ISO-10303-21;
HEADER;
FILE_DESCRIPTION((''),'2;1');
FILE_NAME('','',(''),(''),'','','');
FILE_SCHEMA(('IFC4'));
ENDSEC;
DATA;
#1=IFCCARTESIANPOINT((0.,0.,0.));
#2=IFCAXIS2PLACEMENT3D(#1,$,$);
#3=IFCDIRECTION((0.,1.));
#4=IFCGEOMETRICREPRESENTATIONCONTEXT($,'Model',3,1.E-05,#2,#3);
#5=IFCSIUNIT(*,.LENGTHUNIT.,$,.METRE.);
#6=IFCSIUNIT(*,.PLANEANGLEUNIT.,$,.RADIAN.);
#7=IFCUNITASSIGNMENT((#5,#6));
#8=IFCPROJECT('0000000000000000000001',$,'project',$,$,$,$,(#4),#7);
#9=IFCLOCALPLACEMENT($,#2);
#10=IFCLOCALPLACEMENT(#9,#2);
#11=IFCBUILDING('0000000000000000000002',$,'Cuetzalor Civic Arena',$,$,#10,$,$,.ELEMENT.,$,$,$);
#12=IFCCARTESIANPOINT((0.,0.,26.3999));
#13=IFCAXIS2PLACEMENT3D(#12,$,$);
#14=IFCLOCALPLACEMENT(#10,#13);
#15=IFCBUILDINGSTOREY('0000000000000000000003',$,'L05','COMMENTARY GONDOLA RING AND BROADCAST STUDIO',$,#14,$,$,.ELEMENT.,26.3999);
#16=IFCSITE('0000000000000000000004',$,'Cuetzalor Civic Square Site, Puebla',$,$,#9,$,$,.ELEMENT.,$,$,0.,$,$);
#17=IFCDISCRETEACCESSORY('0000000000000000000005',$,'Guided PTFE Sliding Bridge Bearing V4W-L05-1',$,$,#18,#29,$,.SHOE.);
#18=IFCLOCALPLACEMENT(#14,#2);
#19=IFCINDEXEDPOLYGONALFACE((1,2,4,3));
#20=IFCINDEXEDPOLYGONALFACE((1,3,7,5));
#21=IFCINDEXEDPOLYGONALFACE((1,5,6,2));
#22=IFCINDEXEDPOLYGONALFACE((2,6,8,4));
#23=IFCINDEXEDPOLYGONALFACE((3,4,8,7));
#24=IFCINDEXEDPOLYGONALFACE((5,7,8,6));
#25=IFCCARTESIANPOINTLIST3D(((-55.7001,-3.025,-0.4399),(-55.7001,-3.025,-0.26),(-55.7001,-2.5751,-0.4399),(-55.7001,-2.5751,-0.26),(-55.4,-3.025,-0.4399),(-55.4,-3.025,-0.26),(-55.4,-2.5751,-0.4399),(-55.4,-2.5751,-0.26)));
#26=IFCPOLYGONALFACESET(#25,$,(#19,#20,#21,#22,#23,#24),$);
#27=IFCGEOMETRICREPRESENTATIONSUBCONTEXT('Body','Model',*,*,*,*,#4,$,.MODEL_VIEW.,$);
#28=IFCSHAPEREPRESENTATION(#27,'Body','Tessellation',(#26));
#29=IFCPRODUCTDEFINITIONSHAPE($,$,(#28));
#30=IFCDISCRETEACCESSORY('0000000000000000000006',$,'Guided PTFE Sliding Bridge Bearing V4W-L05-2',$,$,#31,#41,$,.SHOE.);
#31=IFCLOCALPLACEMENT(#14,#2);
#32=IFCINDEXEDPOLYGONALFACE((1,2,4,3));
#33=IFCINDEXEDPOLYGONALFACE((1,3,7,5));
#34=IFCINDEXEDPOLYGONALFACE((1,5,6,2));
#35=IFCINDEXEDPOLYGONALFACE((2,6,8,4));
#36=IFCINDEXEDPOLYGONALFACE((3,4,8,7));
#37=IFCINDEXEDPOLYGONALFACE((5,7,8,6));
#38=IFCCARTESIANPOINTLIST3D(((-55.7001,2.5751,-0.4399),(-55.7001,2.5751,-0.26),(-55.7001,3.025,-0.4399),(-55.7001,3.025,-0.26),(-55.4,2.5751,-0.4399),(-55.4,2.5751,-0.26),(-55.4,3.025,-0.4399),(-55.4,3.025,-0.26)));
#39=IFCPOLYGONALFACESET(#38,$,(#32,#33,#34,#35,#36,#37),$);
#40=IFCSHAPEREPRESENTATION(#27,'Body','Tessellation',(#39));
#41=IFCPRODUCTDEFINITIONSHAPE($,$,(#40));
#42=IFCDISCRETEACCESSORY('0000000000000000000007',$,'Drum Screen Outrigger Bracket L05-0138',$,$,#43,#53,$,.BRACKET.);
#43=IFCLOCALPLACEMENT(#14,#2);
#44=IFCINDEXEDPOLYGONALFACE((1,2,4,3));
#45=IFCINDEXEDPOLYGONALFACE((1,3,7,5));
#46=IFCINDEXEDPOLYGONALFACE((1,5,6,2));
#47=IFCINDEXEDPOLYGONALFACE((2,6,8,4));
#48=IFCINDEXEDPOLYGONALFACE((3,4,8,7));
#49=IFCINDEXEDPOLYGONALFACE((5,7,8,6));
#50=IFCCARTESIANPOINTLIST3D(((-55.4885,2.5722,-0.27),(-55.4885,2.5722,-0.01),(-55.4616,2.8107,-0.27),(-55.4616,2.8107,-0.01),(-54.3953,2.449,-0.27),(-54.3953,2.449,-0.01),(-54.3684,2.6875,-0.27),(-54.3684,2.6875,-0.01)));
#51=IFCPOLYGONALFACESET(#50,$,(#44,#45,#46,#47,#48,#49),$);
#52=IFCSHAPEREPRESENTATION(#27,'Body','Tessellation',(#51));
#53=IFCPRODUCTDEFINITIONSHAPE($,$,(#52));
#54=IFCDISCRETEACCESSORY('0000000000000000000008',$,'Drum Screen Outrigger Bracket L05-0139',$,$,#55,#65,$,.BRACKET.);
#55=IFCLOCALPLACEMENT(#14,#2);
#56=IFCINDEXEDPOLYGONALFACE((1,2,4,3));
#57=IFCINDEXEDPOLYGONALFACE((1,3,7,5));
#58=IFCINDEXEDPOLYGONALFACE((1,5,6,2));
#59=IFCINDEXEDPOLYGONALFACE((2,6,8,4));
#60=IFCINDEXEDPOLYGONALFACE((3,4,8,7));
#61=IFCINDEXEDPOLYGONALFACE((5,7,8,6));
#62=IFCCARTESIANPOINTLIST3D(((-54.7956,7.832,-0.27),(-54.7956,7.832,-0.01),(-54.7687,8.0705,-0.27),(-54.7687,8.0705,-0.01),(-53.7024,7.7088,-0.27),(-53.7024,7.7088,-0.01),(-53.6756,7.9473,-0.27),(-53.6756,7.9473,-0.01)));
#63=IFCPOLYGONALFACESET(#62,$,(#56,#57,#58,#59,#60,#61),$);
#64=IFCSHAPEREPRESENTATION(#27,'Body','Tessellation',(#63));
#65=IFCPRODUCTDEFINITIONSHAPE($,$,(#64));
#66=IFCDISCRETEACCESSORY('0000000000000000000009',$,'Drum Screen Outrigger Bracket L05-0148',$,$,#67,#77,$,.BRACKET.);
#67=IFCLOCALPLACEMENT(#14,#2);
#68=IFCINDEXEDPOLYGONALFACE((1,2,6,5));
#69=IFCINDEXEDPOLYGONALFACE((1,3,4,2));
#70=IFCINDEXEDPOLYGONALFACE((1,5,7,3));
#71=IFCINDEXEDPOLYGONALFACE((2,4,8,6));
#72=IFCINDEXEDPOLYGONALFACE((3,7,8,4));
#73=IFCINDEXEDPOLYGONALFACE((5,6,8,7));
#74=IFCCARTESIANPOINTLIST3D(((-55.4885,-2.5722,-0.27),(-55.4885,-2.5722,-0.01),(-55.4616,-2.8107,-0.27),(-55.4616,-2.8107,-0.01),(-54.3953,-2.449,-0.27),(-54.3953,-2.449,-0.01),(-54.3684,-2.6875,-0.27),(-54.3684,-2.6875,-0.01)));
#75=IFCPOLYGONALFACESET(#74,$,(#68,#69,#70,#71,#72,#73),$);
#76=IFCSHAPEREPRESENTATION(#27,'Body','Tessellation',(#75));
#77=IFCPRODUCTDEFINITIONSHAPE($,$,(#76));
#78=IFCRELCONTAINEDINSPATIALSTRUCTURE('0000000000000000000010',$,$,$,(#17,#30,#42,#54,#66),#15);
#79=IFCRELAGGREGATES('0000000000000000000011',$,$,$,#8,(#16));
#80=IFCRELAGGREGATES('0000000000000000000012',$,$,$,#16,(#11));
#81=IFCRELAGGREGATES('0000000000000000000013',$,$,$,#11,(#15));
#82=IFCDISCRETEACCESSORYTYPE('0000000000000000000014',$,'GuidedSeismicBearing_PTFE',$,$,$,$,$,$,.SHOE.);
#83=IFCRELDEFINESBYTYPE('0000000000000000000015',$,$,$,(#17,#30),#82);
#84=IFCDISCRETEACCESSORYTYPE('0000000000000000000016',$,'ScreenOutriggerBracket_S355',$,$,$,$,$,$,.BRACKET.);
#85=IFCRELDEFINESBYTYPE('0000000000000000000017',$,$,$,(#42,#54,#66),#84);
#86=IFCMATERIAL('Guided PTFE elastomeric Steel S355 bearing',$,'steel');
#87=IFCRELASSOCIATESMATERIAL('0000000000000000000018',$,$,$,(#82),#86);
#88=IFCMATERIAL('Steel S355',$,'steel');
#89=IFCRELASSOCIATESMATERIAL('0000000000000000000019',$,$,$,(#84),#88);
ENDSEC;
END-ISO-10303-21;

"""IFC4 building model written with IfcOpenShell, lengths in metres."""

from ifc_helpers import new_model, si_unit, direction, frame, origin, origin_2d, place, context, subcontext, project, spatial, rectangle, extrude, material, type_object, element, save


model = new_model("IFC4")

# Units and contexts
model_context = context("Model", 3, precision=1e-05, world=origin(), true_north=direction((0.0, 1.0)))
body_context = subcontext(model_context, "Body", "Model", "MODEL_VIEW")
ifc_project = project(units=[si_unit("LENGTHUNIT", "METRE"), si_unit("PLANEANGLEUNIT", "RADIAN")], contexts=[model_context])

# Site, building, storey
site_placement = place(None, origin())
site = spatial("IfcSite", under=ifc_project, at=site_placement, Name="Cuetzalor Civic Square Site, Puebla", CompositionType="ELEMENT", RefElevation=0.0)
building_placement = place(site_placement, origin())
building = spatial("IfcBuilding", under=site, at=building_placement, Name="Cuetzalor Civic Arena", CompositionType="ELEMENT")
storey_placement = place(building_placement, frame((0.0, 0.0, 26.3999)))
storey = spatial("IfcBuildingStorey", under=building, at=storey_placement, Name="L05", Description="COMMENTARY GONDOLA RING AND BROADCAST STUDIO", CompositionType="ELEMENT", Elevation=26.3999)

# Discrete accessories
ifc_material_1 = material(Name="Guided PTFE elastomeric Steel S355 bearing", Category="steel")
discrete_accessory_type_1 = type_object("IfcDiscreteAccessoryType", Name="GuidedSeismicBearing_PTFE", PredefinedType="SHOE", material=ifc_material_1)
for number, where, z_axis, x_axis, name in (
    (1, (-55.55, -2.8, -0.4399), (0.0, 0.0, 1.0), (1.0, 0.0, 0.0), "Guided PTFE Sliding Bridge Bearing V4W-L05-1"),
    (2, (-55.55, 2.8, -0.4399), (0.0, 0.0, 1.0), (1.0, 0.0, 0.0), "Guided PTFE Sliding Bridge Bearing V4W-L05-2"),
):
    element("IfcDiscreteAccessory", number, at=place(storey_placement, frame(where, z_axis=z_axis, x_axis=x_axis)), inside=storey, type_object=discrete_accessory_type_1, Name=name, PredefinedType="SHOE", context=body_context, shape_type="SweptSolid", body=[
        extrude(rectangle(XDim=0.3, YDim=0.45, at=origin_2d()), origin(), (0.0, 0.0, 1.0), 0.1799),
    ])
ifc_material_2 = material(Name="Steel S355", Category="steel")
discrete_accessory_type_2 = type_object("IfcDiscreteAccessoryType", Name="ScreenOutriggerBracket_S355", PredefinedType="BRACKET", material=ifc_material_2)
for number, where, z_axis, x_axis, name in (
    (3, (-54.9285, 2.6299, -0.27), (0.0, 0.0, 1.0), (-0.993709, 0.111989, 0.0), "Drum Screen Outrigger Bracket L05-0138"),
    (4, (-54.2356, 7.8896, -0.27), (0.0, 0.0, 1.0), (-0.993709, 0.111989, 0.0), "Drum Screen Outrigger Bracket L05-0139"),
    (5, (-54.9285, -2.6299, -0.27), (0.0, 0.0, 1.0), (-0.993709, -0.111989, 0.0), "Drum Screen Outrigger Bracket L05-0148"),
):
    element("IfcDiscreteAccessory", number, at=place(storey_placement, frame(where, z_axis=z_axis, x_axis=x_axis)), inside=storey, type_object=discrete_accessory_type_2, Name=name, PredefinedType="BRACKET", context=body_context, shape_type="SweptSolid", body=[
        extrude(rectangle(XDim=1.1001, YDim=0.24, at=origin_2d()), origin(), (0.0, 0.0, 1.0), 0.26),
    ])

save(model, "model.ifc")
